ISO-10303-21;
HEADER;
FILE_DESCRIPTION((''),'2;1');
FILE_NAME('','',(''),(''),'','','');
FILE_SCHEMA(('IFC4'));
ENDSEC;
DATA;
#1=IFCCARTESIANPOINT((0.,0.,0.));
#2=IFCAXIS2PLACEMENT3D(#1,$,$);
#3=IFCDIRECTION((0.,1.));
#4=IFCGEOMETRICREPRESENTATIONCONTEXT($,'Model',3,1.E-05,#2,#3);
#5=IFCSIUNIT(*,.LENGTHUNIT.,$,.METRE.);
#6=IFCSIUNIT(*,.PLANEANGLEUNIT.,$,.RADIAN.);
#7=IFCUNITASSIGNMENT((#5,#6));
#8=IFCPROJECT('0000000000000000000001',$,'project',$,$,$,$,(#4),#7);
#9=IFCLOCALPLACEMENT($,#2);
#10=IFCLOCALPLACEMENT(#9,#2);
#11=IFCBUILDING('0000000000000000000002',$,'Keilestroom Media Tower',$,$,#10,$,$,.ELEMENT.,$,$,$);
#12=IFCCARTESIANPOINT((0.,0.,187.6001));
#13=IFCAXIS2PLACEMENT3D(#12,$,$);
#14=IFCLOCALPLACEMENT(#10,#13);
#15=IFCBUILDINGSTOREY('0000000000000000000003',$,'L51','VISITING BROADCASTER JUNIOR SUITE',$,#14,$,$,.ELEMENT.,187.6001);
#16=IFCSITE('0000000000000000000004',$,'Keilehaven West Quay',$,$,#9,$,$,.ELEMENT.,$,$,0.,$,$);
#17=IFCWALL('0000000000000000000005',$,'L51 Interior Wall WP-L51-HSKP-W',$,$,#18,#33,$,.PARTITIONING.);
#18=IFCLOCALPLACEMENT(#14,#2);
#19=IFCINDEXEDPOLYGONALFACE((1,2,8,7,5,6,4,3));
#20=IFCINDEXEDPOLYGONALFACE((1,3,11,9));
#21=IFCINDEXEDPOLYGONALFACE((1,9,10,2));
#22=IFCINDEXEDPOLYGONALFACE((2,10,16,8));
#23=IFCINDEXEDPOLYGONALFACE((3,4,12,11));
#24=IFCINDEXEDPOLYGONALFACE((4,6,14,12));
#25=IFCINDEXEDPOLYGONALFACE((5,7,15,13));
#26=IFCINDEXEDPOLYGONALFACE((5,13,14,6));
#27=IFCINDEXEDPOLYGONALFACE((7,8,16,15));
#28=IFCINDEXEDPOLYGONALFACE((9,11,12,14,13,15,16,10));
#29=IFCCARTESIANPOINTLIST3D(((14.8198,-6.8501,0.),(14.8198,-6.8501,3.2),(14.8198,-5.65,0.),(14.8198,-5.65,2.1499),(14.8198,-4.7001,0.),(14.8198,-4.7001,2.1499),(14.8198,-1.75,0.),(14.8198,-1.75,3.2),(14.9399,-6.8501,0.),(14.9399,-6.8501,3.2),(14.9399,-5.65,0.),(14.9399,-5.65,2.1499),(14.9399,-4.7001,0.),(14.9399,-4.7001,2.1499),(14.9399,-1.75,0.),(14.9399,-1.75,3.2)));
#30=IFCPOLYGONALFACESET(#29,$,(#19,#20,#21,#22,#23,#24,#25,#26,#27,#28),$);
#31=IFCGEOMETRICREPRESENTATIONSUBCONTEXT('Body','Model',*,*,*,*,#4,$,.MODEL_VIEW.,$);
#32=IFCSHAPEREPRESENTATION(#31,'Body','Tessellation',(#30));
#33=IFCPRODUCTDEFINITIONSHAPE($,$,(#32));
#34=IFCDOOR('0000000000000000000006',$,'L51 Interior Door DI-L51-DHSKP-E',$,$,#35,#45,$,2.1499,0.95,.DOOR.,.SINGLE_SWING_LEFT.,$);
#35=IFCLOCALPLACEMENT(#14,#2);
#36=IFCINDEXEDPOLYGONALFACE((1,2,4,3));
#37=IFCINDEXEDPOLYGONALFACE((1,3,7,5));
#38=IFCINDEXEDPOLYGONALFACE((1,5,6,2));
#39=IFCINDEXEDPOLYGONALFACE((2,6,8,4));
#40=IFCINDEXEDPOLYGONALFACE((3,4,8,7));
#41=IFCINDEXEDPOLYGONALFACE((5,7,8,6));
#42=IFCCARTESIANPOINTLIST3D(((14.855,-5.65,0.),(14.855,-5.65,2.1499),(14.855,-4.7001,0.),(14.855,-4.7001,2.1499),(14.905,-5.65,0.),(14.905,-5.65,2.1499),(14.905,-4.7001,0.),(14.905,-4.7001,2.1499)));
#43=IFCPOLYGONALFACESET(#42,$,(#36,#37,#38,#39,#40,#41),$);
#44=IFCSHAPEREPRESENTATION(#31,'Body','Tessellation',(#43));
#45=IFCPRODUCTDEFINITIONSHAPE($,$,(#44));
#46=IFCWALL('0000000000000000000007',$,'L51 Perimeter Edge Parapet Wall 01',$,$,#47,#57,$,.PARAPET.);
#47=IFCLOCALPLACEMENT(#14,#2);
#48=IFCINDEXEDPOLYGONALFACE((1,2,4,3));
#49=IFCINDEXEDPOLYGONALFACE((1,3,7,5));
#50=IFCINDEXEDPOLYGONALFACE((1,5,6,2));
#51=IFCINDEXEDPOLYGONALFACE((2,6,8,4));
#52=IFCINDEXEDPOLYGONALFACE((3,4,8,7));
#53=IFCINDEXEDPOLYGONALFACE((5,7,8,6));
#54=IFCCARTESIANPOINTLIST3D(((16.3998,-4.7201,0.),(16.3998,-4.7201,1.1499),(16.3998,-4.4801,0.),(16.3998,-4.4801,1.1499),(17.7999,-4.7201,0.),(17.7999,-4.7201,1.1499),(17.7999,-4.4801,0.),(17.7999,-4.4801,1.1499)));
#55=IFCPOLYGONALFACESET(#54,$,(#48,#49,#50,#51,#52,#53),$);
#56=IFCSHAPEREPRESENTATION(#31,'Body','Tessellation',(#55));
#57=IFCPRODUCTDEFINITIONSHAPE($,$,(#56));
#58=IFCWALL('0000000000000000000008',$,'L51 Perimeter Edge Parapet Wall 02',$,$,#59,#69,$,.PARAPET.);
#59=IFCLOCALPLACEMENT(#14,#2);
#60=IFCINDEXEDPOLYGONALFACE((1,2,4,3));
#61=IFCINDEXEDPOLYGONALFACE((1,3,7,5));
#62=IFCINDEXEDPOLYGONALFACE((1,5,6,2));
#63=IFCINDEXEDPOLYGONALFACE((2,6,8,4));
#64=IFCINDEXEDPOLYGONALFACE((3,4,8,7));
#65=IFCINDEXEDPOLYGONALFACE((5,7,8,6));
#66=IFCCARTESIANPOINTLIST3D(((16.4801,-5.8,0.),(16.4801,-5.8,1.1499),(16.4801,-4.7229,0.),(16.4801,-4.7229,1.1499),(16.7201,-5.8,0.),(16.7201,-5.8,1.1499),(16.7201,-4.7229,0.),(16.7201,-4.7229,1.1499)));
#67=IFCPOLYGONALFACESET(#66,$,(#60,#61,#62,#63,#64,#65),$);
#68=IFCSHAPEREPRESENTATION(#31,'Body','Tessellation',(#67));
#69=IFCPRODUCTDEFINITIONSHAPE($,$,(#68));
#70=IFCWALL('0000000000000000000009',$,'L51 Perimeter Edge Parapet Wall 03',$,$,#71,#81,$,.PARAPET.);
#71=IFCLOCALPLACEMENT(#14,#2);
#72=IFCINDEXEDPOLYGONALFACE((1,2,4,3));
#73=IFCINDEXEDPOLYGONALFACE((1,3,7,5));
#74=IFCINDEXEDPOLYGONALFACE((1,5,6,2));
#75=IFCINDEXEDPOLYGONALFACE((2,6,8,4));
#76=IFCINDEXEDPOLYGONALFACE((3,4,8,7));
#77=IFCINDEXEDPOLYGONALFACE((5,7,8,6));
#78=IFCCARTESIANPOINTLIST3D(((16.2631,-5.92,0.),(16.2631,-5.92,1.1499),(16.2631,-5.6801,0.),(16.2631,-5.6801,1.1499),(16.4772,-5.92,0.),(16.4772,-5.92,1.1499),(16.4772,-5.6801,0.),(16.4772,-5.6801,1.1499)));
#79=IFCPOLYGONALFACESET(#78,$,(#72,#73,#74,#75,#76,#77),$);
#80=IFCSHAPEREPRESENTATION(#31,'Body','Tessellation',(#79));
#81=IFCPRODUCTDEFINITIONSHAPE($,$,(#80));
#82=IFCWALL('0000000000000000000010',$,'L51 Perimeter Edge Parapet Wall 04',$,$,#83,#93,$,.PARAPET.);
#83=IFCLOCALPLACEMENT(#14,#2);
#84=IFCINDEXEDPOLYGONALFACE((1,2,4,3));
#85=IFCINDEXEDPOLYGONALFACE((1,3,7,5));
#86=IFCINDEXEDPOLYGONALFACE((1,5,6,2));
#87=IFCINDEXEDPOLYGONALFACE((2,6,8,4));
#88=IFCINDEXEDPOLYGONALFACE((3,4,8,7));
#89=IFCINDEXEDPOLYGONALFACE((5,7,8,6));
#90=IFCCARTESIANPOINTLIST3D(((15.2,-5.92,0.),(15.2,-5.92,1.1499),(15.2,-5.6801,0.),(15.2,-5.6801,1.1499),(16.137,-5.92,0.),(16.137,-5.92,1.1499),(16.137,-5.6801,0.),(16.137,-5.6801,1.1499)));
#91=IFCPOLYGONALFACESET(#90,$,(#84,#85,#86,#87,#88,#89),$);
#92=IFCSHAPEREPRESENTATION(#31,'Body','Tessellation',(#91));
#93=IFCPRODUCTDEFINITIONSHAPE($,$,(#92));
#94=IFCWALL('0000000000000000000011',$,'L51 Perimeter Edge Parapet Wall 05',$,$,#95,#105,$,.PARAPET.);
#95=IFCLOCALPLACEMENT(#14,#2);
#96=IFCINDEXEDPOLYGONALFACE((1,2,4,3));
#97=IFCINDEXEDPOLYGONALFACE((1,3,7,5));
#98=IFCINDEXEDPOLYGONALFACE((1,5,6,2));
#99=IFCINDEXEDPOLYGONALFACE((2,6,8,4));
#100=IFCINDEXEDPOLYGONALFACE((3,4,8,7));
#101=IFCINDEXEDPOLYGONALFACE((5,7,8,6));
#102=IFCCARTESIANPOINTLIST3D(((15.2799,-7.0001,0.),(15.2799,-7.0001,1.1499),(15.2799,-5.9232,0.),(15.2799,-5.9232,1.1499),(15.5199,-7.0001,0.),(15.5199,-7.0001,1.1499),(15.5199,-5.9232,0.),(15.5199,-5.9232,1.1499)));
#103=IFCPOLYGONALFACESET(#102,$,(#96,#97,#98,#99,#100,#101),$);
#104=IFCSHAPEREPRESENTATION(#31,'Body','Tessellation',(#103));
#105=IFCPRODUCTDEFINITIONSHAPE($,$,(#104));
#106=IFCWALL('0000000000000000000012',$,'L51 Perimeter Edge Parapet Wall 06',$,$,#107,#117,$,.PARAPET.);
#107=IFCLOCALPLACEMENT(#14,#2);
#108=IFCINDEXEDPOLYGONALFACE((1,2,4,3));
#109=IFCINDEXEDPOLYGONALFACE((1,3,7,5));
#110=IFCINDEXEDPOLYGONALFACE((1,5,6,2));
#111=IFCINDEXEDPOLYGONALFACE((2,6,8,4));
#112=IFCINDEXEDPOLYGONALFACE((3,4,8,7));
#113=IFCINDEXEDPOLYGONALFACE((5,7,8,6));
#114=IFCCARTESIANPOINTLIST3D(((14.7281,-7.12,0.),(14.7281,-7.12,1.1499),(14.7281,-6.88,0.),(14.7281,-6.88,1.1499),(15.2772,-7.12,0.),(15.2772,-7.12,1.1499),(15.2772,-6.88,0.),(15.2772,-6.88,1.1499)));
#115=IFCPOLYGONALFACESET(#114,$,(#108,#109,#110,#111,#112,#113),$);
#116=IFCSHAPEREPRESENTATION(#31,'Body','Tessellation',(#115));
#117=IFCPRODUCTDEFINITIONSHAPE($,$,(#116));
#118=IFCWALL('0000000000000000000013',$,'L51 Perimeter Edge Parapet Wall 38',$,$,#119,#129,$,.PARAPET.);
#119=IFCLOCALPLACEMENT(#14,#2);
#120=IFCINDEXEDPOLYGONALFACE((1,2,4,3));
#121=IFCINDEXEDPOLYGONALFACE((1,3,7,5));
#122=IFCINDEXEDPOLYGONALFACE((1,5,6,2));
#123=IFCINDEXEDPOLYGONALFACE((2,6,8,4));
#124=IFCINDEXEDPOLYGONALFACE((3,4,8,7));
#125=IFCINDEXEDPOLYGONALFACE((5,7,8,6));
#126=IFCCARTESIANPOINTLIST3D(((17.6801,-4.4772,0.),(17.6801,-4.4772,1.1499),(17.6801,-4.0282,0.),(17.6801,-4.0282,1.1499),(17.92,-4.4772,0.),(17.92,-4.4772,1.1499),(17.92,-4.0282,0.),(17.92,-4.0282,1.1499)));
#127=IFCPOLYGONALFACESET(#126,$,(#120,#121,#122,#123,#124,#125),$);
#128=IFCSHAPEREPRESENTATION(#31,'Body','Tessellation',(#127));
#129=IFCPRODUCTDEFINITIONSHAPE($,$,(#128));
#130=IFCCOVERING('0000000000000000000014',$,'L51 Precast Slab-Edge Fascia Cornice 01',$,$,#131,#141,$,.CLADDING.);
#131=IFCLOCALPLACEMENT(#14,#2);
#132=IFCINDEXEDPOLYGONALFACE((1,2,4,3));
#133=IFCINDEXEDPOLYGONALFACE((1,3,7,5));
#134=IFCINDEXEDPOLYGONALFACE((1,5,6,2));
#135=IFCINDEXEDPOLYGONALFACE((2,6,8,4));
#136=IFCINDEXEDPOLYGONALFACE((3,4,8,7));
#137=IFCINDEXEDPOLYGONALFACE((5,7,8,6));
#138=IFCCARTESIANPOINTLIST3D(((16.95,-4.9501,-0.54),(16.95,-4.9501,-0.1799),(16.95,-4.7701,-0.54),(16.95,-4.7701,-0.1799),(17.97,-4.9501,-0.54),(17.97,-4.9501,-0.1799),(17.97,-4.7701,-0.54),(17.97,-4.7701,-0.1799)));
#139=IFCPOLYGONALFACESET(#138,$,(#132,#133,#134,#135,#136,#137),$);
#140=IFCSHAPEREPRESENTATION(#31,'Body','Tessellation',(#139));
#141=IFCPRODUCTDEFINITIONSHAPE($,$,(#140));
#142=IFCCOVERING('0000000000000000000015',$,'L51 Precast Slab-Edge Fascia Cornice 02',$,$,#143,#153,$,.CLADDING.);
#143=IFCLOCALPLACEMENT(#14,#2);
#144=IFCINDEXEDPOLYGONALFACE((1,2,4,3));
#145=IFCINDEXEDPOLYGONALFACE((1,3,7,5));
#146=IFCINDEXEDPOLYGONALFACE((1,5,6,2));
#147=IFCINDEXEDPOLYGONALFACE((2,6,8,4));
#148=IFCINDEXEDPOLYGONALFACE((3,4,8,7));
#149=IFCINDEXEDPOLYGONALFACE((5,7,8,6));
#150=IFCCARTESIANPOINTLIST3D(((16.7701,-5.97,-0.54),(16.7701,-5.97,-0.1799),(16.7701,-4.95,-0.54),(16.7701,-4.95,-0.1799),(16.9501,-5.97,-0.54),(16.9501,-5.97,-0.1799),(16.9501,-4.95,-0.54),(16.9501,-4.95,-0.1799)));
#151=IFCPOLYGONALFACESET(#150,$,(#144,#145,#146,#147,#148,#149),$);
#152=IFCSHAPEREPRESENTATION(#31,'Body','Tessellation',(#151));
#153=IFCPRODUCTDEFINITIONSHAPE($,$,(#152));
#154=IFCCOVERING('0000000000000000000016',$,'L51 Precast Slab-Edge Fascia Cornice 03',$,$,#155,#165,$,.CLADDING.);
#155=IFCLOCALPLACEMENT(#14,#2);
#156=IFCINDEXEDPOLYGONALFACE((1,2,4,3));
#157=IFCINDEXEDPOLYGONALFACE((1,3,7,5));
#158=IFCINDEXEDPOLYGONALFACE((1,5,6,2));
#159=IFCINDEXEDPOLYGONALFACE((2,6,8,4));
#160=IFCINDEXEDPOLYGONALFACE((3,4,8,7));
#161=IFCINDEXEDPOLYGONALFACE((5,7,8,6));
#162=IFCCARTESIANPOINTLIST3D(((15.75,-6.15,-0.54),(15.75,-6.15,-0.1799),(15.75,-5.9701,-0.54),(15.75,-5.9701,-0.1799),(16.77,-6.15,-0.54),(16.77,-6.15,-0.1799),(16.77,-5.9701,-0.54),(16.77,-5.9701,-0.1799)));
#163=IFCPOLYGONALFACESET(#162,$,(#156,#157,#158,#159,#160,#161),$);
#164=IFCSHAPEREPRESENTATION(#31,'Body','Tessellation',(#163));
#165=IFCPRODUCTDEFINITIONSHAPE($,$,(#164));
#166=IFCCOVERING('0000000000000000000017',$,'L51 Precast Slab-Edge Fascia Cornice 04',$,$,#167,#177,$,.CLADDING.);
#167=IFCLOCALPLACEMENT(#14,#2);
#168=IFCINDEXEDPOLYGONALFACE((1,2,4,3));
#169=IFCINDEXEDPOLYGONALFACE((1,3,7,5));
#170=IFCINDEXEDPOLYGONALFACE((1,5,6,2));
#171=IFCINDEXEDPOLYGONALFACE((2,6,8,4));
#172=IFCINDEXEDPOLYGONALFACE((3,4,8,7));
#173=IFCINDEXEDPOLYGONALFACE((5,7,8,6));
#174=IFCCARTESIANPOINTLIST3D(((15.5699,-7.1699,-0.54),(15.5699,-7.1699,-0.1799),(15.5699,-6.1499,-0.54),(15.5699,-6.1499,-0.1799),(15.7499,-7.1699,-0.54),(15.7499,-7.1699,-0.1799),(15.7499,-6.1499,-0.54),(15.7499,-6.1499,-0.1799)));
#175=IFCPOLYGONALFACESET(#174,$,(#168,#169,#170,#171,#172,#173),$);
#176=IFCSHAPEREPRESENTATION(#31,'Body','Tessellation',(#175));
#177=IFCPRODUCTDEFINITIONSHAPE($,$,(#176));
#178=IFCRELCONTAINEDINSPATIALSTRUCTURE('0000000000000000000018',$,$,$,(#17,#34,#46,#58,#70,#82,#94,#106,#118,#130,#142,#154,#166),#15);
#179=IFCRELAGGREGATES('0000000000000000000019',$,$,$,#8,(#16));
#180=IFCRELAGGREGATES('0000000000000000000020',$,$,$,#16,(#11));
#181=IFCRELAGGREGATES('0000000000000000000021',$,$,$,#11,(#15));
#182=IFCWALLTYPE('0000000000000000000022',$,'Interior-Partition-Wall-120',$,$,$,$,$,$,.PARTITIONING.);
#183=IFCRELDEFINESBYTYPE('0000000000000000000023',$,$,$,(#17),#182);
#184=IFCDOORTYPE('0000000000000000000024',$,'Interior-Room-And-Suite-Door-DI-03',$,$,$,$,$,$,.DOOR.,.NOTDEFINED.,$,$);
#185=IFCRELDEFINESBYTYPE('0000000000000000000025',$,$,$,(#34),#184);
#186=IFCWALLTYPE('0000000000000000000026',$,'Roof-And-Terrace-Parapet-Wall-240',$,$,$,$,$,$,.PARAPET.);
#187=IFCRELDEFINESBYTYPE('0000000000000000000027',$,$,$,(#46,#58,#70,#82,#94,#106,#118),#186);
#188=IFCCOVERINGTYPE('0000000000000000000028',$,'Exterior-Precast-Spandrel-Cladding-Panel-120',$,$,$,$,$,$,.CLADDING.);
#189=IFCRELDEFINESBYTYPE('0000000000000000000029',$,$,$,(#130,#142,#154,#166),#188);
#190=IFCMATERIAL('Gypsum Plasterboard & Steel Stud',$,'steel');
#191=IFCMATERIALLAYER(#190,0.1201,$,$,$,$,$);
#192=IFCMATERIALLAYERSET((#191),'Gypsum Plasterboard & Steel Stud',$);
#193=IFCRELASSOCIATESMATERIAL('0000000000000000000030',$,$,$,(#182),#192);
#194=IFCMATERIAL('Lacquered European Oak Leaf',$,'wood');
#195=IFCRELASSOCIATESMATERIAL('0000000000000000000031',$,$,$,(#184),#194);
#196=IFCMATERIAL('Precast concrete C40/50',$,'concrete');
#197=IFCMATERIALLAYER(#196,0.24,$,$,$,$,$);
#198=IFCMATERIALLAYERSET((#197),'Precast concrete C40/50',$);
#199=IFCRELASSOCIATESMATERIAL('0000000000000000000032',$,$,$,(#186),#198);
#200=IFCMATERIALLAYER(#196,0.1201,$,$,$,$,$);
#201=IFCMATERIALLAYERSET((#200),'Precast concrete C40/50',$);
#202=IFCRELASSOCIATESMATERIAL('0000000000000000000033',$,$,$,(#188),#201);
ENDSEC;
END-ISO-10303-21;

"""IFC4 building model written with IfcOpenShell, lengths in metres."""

from ifc_helpers import new_model, si_unit, direction, frame, frame_2d, origin, origin_2d, place, context, subcontext, project, spatial, rectangle, extrude, source, transform, mapped, material, layer, layer_set, type_object, element, fill, save


model = new_model("IFC4")

# Units and contexts
model_context = context("Model", 3, precision=1e-05, world=origin(), true_north=direction((0.0, 1.0)))
body_context = subcontext(model_context, "Body", "Model", "MODEL_VIEW")
ifc_project = project(units=[si_unit("LENGTHUNIT", "METRE"), si_unit("PLANEANGLEUNIT", "RADIAN")], contexts=[model_context])

# Site, building, storey
site_placement = place(None, origin())
site = spatial("IfcSite", under=ifc_project, at=site_placement, Name="Keilehaven West Quay", CompositionType="ELEMENT", RefElevation=0.0)
building_placement = place(site_placement, origin())
building = spatial("IfcBuilding", under=site, at=building_placement, Name="Keilestroom Media Tower", CompositionType="ELEMENT")
storey_placement = place(building_placement, frame((0.0, 0.0, 187.6001)))
storey = spatial("IfcBuildingStorey", under=building, at=storey_placement, Name="L51", Description="VISITING BROADCASTER JUNIOR SUITE", CompositionType="ELEMENT", Elevation=187.6001)

# Shared definitions
ifc_material_1 = material(Name="Precast concrete C40/50", Category="concrete")

# Shared definitions
ifc_material_2 = material(Name="Gypsum Plasterboard & Steel Stud", Category="steel")
ifc_layer_1 = layer(ifc_material_2, 0.1201)
ifc_layer_set_1 = layer_set([ifc_layer_1], Name="Gypsum Plasterboard & Steel Stud")
wall_type_1 = type_object("IfcWallType", Name="Interior-Partition-Wall-120", PredefinedType="PARTITIONING", material=ifc_layer_set_1)

# Wall, opening, door
wall_1_placement = place(storey_placement, frame((14.8799, -6.8501, 0.0), z_axis=(0.0, 0.0, 1.0), x_axis=(0.0, 1.0, 0.0)))
wall_1 = element("IfcWall", 1, at=wall_1_placement, inside=storey, type_object=wall_type_1, Name="L51 Interior Wall WP-L51-HSKP-W", PredefinedType="PARTITIONING", context=body_context, shape_type="SweptSolid", body=[
    extrude(rectangle(XDim=5.1001, YDim=0.1201, at=frame_2d((2.55, 0.0))), origin(), (0.0, 0.0, 1.0), 3.2),
])
opening_placement = place(wall_1_placement, frame((1.2, 0.0, 0.0)))
opening = element("IfcOpeningElement", 2, at=opening_placement, cuts=wall_1, PredefinedType="OPENING", context=body_context, shape_type="SweptSolid", body=[
    extrude(rectangle(XDim=0.95, YDim=2.1499, at=frame_2d((0.4751, 1.075))), frame((0.0, 0.0701, 0.0), z_axis=(0.0, -1.0, 0.0), x_axis=(1.0, 0.0, 0.0)), (0.0, 0.0, 1.0), 0.1401),
])
ifc_material_3 = material(Name="Lacquered European Oak Leaf", Category="wood")
door_type = type_object("IfcDoorType", Name="Interior-Room-And-Suite-Door-DI-03", OperationType="NOTDEFINED", PredefinedType="DOOR", material=ifc_material_3)
shared_shape_1 = source(origin(), body_context, "Body", "SweptSolid", [
    extrude(rectangle(XDim=0.95, YDim=2.1499, at=frame_2d((0.4751, 1.075))), frame((0.0, 0.0249, 0.0), z_axis=(0.0, -1.0, 0.0), x_axis=(1.0, 0.0, 0.0)), (0.0, 0.0, 1.0), 0.05),
])
door_placement = place(opening_placement, origin())
door = element("IfcDoor", 3, at=door_placement, inside=storey, type_object=door_type, Name="L51 Interior Door DI-L51-DHSKP-E", OperationType="SINGLE_SWING_LEFT", OverallHeight=2.1499, OverallWidth=0.95, PredefinedType="DOOR", context=body_context, shape_type="MappedRepresentation", body=[
    mapped(shared_shape_1, transform((0.0, 0.0, 0.0), x_axis=(1.0, 0.0, 0.0), y_axis=(0.0, 1.0, 0.0), z_axis=(0.0, 0.0, 1.0), scale=1.0)),
])
fill(opening, door)

# Walls
ifc_layer_2 = layer(ifc_material_1, 0.24)
ifc_layer_set_2 = layer_set([ifc_layer_2], Name="Precast concrete C40/50")
wall_type_2 = type_object("IfcWallType", Name="Roof-And-Terrace-Parapet-Wall-240", PredefinedType="PARAPET", material=ifc_layer_set_2)
wall_2_placement = place(storey_placement, frame((17.8, -4.6001, 0.0), z_axis=(0.0, 0.0, 1.0), x_axis=(-1.0, 0.0, 0.0)))
element("IfcWall", 4, at=wall_2_placement, inside=storey, type_object=wall_type_2, Name="L51 Perimeter Edge Parapet Wall 01", PredefinedType="PARAPET", context=body_context, shape_type="SweptSolid", body=[
    extrude(rectangle(XDim=1.4001, YDim=0.24, at=frame_2d((0.7002, 0.0))), origin(), (0.0, 0.0, 1.0), 1.1499),
])
wall_3_placement = place(storey_placement, frame((16.6001, -4.7229, 0.0), z_axis=(0.0, 0.0, 1.0), x_axis=(0.0, -1.0, 0.0)))
element("IfcWall", 5, at=wall_3_placement, inside=storey, type_object=wall_type_2, Name="L51 Perimeter Edge Parapet Wall 02", PredefinedType="PARAPET", context=body_context, shape_type="SweptSolid", body=[
    extrude(rectangle(XDim=1.0771, YDim=0.24, at=frame_2d((0.5386, 0.0))), origin(), (0.0, 0.0, 1.0), 1.1499),
])
wall_4_placement = place(storey_placement, frame((16.4771, -5.8, 0.0), z_axis=(0.0, 0.0, 1.0), x_axis=(-1.0, 0.0, 0.0)))
element("IfcWall", 6, at=wall_4_placement, inside=storey, type_object=wall_type_2, Name="L51 Perimeter Edge Parapet Wall 03", PredefinedType="PARAPET", context=body_context, shape_type="SweptSolid", body=[
    extrude(rectangle(XDim=0.2141, YDim=0.24, at=frame_2d((0.1069, 0.0))), origin(), (0.0, 0.0, 1.0), 1.1499),
])
wall_5_placement = place(storey_placement, frame((16.137, -5.8, 0.0), z_axis=(0.0, 0.0, 1.0), x_axis=(-1.0, 0.0, 0.0)))
element("IfcWall", 7, at=wall_5_placement, inside=storey, type_object=wall_type_2, Name="L51 Perimeter Edge Parapet Wall 04", PredefinedType="PARAPET", context=body_context, shape_type="SweptSolid", body=[
    extrude(rectangle(XDim=0.937, YDim=0.24, at=frame_2d((0.4685, 0.0))), origin(), (0.0, 0.0, 1.0), 1.1499),
])
wall_6_placement = place(storey_placement, frame((15.3999, -5.9231, 0.0), z_axis=(0.0, 0.0, 1.0), x_axis=(0.0, -1.0, 0.0)))
element("IfcWall", 8, at=wall_6_placement, inside=storey, type_object=wall_type_2, Name="L51 Perimeter Edge Parapet Wall 05", PredefinedType="PARAPET", context=body_context, shape_type="SweptSolid", body=[
    extrude(rectangle(XDim=1.0769, YDim=0.24, at=frame_2d((0.5386, 0.0))), origin(), (0.0, 0.0, 1.0), 1.1499),
])
wall_7_placement = place(storey_placement, frame((15.2771, -7.0, 0.0), z_axis=(0.0, 0.0, 1.0), x_axis=(-1.0, 0.0, 0.0)))
element("IfcWall", 9, at=wall_7_placement, inside=storey, type_object=wall_type_2, Name="L51 Perimeter Edge Parapet Wall 06", PredefinedType="PARAPET", context=body_context, shape_type="SweptSolid", body=[
    extrude(rectangle(XDim=0.5491, YDim=0.24, at=frame_2d((0.2744, 0.0))), origin(), (0.0, 0.0, 1.0), 1.1499),
])
wall_8_placement = place(storey_placement, frame((17.8, -4.0281, 0.0), z_axis=(0.0, 0.0, 1.0), x_axis=(0.0, -1.0, 0.0)))
element("IfcWall", 10, at=wall_8_placement, inside=storey, type_object=wall_type_2, Name="L51 Perimeter Edge Parapet Wall 38", PredefinedType="PARAPET", context=body_context, shape_type="SweptSolid", body=[
    extrude(rectangle(XDim=0.449, YDim=0.24, at=frame_2d((0.2246, 0.0))), origin(), (0.0, 0.0, 1.0), 1.1499),
])

# Coverings
ifc_layer_3 = layer(ifc_material_1, 0.1201)
ifc_layer_set_3 = layer_set([ifc_layer_3], Name="Precast concrete C40/50")
covering_type = type_object("IfcCoveringType", Name="Exterior-Precast-Spandrel-Cladding-Panel-120", PredefinedType="CLADDING", material=ifc_layer_set_3)
shared_shape_2 = source(origin(), body_context, "Body", "SweptSolid", [
    extrude(rectangle(XDim=1.02, YDim=0.1799, at=origin_2d()), origin(), (0.0, 0.0, 1.0), 0.3601),
])
for number, where, z_axis, x_axis, name in (
    (11, (17.46, -4.8601, -0.54), (0.0, 0.0, 1.0), (-1.0, 0.0, 0.0), "L51 Precast Slab-Edge Fascia Cornice 01"),
    (12, (16.8601, -5.46, -0.54), (0.0, 0.0, 1.0), (0.0, -1.0, 0.0), "L51 Precast Slab-Edge Fascia Cornice 02"),
    (13, (16.26, -6.0601, -0.54), (0.0, 0.0, 1.0), (-1.0, 0.0, 0.0), "L51 Precast Slab-Edge Fascia Cornice 03"),
    (14, (15.6599, -6.6599, -0.54), (0.0, 0.0, 1.0), (0.0, -1.0, 0.0), "L51 Precast Slab-Edge Fascia Cornice 04"),
):
    element("IfcCovering", number, at=place(storey_placement, frame(where, z_axis=z_axis, x_axis=x_axis)), inside=storey, type_object=covering_type, Name=name, PredefinedType="CLADDING", context=body_context, shape_type="MappedRepresentation", body=[
        mapped(shared_shape_2, transform((0.0, 0.0, 0.0), x_axis=(1.0, 0.0, 0.0), y_axis=(0.0, 1.0, 0.0), z_axis=(0.0, 0.0, 1.0), scale=1.0)),
    ])

save(model, "model.ifc")
